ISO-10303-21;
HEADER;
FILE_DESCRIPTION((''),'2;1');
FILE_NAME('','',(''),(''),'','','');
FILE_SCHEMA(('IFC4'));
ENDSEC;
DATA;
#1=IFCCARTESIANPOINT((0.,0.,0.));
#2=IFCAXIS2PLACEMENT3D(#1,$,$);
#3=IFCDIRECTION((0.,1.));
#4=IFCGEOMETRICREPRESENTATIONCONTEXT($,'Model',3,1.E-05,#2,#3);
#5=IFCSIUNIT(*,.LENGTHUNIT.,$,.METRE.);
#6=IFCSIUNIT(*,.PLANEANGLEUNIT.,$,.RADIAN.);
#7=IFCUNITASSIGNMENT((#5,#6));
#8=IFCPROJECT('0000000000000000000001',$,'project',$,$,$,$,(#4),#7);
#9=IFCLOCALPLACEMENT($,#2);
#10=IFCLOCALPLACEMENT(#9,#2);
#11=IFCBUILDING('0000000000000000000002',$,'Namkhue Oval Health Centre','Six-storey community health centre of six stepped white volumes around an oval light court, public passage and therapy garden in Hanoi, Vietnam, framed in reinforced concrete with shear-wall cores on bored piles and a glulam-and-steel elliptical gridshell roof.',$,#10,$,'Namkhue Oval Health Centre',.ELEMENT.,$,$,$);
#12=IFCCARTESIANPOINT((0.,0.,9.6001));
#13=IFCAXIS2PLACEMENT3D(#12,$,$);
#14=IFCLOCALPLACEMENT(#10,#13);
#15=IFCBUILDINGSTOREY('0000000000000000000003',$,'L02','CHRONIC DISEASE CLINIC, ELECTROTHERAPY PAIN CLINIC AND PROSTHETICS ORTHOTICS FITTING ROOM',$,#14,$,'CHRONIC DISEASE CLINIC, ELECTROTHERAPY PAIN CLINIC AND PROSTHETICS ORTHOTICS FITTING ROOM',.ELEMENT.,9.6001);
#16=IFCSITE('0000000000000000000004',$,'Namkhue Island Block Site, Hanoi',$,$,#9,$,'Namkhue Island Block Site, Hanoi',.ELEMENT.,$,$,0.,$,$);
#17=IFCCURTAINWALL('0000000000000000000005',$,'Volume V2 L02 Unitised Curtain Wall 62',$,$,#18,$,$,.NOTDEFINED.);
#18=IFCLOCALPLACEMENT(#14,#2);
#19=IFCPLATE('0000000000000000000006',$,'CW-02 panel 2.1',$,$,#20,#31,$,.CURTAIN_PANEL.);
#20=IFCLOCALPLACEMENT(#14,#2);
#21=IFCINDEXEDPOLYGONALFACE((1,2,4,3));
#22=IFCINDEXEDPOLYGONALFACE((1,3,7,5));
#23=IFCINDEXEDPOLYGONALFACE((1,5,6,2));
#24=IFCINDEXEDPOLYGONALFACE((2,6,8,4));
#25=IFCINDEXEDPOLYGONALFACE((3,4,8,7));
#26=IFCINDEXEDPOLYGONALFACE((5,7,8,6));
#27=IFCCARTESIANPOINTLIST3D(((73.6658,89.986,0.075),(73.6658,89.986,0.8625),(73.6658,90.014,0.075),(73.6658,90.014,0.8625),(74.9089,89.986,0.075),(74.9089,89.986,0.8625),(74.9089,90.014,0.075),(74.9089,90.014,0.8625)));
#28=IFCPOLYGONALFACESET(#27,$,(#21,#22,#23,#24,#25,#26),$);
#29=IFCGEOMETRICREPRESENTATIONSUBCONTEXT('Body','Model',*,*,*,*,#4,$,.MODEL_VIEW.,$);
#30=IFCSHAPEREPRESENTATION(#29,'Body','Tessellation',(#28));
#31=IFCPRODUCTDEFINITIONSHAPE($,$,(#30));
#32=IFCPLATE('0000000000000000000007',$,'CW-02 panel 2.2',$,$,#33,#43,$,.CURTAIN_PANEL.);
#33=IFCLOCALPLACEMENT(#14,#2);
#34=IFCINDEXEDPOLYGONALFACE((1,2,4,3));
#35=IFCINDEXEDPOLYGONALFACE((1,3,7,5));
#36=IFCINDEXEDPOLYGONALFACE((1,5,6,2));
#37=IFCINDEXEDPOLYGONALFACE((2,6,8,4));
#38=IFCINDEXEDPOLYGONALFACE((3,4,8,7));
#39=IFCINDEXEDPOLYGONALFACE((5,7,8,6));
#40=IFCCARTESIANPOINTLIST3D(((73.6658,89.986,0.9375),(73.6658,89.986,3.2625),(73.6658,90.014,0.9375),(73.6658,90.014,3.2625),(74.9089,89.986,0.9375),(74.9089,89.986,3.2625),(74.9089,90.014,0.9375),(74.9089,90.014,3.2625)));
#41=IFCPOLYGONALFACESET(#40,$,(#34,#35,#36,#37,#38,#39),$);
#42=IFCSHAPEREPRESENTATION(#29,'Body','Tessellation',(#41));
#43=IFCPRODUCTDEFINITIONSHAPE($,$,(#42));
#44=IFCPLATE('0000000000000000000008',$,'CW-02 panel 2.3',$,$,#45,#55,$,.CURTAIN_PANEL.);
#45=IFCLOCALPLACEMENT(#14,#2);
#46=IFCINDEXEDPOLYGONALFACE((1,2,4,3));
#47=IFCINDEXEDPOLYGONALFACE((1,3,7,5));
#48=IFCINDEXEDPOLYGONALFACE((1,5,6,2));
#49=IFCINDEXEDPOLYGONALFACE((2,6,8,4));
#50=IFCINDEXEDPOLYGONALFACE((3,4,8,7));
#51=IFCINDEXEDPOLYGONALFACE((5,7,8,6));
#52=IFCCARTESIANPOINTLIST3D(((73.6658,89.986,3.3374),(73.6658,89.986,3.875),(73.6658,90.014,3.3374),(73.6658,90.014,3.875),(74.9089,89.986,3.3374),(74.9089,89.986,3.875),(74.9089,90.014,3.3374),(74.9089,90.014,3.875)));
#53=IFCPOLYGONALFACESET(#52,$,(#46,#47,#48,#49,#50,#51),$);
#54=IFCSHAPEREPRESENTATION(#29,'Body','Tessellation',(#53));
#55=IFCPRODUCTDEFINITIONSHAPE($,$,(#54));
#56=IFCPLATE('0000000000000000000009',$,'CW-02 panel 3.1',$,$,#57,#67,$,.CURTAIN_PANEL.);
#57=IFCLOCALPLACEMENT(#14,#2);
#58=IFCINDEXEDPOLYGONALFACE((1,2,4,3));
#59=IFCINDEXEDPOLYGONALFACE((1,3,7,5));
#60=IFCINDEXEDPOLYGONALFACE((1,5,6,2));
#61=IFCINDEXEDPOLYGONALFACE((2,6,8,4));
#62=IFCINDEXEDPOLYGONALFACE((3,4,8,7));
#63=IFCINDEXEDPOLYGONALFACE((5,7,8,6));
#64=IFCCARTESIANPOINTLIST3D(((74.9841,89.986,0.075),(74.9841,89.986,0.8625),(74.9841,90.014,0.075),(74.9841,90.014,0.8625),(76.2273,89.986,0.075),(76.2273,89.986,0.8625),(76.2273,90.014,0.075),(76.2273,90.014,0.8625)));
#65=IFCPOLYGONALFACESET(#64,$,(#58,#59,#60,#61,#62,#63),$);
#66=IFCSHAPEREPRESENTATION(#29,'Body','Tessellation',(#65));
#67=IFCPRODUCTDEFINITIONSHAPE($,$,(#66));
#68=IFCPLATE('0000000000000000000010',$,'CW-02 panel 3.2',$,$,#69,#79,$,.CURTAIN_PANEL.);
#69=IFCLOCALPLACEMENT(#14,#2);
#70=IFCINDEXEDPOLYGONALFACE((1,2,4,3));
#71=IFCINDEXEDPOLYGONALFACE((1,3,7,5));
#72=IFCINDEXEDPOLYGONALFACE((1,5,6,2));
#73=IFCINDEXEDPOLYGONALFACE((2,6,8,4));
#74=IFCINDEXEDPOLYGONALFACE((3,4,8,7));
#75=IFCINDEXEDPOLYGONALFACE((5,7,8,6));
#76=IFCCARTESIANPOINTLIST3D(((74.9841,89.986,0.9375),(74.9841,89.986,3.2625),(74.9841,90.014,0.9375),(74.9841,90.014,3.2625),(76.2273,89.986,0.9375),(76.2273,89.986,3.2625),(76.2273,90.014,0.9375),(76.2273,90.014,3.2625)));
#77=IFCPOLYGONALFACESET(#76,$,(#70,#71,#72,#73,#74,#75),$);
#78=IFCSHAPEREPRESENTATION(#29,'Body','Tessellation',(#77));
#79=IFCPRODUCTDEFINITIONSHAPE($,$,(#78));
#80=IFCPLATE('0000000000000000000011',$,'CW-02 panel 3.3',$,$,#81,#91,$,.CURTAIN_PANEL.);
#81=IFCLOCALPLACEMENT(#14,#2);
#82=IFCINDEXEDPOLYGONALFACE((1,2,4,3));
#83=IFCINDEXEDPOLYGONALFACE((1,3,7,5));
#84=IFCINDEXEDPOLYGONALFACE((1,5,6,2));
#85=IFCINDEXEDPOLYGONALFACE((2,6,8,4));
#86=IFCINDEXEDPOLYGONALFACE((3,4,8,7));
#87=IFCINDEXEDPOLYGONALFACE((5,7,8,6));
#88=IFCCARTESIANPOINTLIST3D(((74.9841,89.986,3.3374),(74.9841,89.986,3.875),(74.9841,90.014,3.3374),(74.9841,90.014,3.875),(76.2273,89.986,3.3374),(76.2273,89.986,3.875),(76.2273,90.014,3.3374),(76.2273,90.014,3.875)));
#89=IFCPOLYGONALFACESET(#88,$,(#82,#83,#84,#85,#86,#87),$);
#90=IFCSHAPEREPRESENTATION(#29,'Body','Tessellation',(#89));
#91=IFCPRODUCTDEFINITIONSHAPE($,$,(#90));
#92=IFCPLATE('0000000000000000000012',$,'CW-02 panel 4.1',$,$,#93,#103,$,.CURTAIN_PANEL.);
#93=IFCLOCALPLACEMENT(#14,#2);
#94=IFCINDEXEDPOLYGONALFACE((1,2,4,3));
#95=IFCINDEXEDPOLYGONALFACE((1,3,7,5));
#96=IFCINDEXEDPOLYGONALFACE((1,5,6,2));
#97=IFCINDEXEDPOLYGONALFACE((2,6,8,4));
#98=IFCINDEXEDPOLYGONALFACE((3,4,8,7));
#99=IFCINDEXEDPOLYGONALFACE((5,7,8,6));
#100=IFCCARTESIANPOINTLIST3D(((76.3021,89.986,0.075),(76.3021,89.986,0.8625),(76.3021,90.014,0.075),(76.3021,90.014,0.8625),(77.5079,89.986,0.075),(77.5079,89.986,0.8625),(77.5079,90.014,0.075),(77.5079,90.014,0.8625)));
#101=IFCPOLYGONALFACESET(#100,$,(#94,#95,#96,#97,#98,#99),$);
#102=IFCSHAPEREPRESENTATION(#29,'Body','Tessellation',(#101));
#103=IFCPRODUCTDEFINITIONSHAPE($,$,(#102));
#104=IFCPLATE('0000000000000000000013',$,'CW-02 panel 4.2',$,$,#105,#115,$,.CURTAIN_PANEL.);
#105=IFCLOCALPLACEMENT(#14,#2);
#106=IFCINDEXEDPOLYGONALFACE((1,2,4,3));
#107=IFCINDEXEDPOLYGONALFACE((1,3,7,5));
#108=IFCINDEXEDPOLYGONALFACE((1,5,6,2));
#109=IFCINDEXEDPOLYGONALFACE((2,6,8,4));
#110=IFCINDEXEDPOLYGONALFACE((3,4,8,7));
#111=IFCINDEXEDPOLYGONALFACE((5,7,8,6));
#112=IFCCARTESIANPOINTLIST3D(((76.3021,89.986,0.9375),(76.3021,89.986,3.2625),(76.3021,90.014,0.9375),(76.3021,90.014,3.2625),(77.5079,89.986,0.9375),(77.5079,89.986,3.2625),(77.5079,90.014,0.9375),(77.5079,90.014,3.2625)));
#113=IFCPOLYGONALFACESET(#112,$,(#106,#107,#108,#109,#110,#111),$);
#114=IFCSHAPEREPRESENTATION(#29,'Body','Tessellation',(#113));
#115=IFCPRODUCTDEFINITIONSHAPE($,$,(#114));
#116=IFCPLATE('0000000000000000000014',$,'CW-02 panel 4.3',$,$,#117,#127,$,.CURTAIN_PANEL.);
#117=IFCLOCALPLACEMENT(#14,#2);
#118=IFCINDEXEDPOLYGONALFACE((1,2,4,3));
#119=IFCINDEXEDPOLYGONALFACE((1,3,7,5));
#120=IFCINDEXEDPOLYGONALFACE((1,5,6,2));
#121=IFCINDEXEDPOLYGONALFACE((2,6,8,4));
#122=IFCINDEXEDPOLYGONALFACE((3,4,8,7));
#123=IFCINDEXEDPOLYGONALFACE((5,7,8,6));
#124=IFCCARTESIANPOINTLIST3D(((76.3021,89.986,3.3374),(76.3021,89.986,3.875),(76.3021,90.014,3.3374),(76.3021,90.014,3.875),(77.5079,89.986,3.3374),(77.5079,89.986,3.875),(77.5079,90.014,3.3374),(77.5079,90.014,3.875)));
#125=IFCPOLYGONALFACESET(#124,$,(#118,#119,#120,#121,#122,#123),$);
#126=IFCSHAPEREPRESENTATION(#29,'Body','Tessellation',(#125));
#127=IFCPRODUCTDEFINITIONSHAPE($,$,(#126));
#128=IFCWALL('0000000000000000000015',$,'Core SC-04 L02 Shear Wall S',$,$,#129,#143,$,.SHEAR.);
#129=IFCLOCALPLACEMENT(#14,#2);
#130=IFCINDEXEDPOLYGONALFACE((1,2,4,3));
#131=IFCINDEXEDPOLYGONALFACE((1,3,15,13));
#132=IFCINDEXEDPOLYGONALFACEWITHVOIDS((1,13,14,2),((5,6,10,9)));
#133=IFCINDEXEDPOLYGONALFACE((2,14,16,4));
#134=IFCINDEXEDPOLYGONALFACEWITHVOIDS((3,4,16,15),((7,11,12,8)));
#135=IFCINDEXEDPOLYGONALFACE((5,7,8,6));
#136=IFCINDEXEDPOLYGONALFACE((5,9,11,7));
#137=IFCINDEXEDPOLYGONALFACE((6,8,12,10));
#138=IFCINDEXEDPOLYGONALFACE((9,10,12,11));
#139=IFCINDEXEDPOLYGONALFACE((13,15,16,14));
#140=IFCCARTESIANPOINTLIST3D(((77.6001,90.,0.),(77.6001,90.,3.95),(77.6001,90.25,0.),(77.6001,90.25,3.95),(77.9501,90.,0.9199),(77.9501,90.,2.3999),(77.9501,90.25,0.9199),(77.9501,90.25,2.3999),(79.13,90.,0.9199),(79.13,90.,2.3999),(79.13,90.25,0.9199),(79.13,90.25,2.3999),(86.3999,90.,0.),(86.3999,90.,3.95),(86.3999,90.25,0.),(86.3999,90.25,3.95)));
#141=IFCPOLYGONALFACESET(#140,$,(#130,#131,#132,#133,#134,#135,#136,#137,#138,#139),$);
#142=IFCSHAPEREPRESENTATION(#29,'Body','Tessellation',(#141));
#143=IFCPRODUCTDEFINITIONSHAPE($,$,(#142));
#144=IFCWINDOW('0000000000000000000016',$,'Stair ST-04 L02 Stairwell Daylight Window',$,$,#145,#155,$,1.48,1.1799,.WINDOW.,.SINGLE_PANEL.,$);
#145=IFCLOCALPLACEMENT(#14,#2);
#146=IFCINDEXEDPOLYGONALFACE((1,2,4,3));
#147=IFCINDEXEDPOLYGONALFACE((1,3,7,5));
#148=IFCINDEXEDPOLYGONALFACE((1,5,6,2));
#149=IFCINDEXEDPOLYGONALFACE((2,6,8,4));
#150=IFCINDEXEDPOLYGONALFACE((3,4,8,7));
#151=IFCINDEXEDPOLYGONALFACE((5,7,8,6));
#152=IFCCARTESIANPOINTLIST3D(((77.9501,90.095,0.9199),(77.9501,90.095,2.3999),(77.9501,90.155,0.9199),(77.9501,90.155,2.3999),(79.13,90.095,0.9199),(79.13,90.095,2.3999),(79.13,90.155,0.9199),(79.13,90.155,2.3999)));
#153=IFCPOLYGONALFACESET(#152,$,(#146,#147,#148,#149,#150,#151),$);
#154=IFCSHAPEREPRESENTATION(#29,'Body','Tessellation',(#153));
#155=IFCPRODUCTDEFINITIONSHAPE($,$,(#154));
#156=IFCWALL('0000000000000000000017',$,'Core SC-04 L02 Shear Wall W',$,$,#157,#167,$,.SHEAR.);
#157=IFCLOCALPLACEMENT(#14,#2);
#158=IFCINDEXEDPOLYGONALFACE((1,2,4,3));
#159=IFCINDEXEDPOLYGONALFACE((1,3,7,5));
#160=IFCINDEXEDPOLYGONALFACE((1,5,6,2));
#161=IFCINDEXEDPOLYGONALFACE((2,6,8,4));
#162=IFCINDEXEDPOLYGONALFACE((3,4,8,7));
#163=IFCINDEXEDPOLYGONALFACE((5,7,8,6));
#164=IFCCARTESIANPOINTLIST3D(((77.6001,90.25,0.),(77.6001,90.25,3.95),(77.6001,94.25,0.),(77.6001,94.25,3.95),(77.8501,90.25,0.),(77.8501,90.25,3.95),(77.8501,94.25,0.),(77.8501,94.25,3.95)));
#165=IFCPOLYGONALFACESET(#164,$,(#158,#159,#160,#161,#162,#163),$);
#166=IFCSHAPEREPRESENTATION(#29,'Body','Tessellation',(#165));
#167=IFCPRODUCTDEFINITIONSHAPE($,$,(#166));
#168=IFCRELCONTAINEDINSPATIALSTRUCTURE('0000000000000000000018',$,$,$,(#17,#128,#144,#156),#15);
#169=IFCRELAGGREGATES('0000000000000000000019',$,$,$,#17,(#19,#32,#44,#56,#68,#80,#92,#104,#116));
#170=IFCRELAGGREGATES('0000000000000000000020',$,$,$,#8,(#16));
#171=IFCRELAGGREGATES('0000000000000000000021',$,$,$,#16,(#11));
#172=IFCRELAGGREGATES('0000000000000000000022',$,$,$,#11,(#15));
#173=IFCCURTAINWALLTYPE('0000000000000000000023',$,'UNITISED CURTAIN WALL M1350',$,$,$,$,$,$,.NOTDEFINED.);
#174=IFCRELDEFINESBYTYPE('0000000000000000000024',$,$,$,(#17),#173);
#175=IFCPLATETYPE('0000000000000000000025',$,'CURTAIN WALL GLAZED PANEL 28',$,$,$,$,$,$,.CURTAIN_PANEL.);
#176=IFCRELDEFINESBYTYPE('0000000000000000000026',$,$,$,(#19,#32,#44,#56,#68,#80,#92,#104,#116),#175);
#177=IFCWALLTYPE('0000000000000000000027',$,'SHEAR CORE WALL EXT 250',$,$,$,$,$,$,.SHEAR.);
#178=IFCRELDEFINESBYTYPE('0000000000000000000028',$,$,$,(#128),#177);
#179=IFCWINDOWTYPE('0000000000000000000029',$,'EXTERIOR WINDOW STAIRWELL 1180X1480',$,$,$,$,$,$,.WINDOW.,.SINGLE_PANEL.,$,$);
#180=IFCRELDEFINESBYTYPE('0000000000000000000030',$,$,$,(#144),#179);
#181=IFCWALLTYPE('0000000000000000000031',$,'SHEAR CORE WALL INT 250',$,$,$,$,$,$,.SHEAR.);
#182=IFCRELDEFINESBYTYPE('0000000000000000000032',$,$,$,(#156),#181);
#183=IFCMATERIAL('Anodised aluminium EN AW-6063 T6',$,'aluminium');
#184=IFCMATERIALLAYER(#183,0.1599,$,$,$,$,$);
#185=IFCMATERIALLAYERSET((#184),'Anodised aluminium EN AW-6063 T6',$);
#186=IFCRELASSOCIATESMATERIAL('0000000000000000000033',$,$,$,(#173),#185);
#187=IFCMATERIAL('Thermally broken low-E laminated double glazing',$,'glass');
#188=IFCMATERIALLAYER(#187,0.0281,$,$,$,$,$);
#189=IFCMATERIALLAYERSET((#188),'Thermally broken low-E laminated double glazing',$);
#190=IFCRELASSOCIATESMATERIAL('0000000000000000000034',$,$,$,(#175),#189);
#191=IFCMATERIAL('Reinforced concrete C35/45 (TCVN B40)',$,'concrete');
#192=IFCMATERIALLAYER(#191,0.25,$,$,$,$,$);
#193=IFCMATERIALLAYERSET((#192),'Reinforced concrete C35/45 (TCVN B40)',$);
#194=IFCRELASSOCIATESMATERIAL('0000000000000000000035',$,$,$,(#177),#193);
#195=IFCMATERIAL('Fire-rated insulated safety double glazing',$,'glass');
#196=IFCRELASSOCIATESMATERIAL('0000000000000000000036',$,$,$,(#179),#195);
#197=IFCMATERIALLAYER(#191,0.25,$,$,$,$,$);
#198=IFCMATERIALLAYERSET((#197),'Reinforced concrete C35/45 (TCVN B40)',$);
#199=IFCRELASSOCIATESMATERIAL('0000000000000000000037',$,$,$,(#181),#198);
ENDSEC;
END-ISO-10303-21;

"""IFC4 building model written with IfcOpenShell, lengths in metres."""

from ifc_helpers import new_model, si_unit, direction, frame, frame_2d, origin, origin_2d, place, context, subcontext, project, spatial, rectangle, extrude, material, layer, layer_set, type_object, element, fill, aggregate, save


model = new_model("IFC4")

# Units and contexts
model_context = context("Model", 3, precision=1e-05, world=origin(), true_north=direction((0.0, 1.0)))
body_context = subcontext(model_context, "Body", "Model", "MODEL_VIEW")
ifc_project = project(units=[si_unit("LENGTHUNIT", "METRE"), si_unit("PLANEANGLEUNIT", "RADIAN")], contexts=[model_context])

# Site, building, storey
site_placement = place(None, origin())
site = spatial("IfcSite", under=ifc_project, at=site_placement, Name="Namkhue Island Block Site, Hanoi", LongName="Namkhue Island Block Site, Hanoi", CompositionType="ELEMENT", RefElevation=0.0)
building_placement = place(site_placement, origin())
building = spatial("IfcBuilding", under=site, at=building_placement, Name="Namkhue Oval Health Centre", Description="Six-storey community health centre of six stepped white volumes around an oval light court, public passage and therapy garden in Hanoi, Vietnam, framed in reinforced concrete with shear-wall cores on bored piles and a glulam-and-steel elliptical gridshell roof.", LongName="Namkhue Oval Health Centre", CompositionType="ELEMENT")
storey_placement = place(building_placement, frame((0.0, 0.0, 9.6001)))
storey = spatial("IfcBuildingStorey", under=building, at=storey_placement, Name="L02", Description="CHRONIC DISEASE CLINIC, ELECTROTHERAPY PAIN CLINIC AND PROSTHETICS ORTHOTICS FITTING ROOM", LongName="CHRONIC DISEASE CLINIC, ELECTROTHERAPY PAIN CLINIC AND PROSTHETICS ORTHOTICS FITTING ROOM", CompositionType="ELEMENT", Elevation=9.6001)

# Curtain wall, plates
ifc_material_1 = material(Name="Anodised aluminium EN AW-6063 T6", Category="aluminium")
ifc_layer_1 = layer(ifc_material_1, 0.1599)
ifc_layer_set_1 = layer_set([ifc_layer_1], Name="Anodised aluminium EN AW-6063 T6")
curtain_wall_type = type_object("IfcCurtainWallType", Name="UNITISED CURTAIN WALL M1350", PredefinedType="NOTDEFINED", material=ifc_layer_set_1)
curtain_wall_placement = place(storey_placement, origin())
curtain_wall = element("IfcCurtainWall", 1, at=curtain_wall_placement, inside=storey, type_object=curtain_wall_type, Name="Volume V2 L02 Unitised Curtain Wall 62", PredefinedType="NOTDEFINED")
ifc_material_2 = material(Name="Thermally broken low-E laminated double glazing", Category="glass")
ifc_layer_2 = layer(ifc_material_2, 0.0281)
ifc_layer_set_2 = layer_set([ifc_layer_2], Name="Thermally broken low-E laminated double glazing")
plate_type = type_object("IfcPlateType", Name="CURTAIN WALL GLAZED PANEL 28", PredefinedType="CURTAIN_PANEL", material=ifc_layer_set_2)
plate_1_placement = place(storey_placement, frame((74.2874, 90.0, 0.075), z_axis=(0.0, 0.0, 1.0), x_axis=(1.0, 0.0, 0.0)))
plate_1 = element("IfcPlate", 2, at=plate_1_placement, type_object=plate_type, Name="CW-02 panel 2.1", PredefinedType="CURTAIN_PANEL", context=body_context, shape_type="SweptSolid", body=[
    extrude(rectangle(XDim=1.2432, YDim=0.0281, at=origin_2d()), origin(), (0.0, 0.0, 1.0), 0.7876),
])
plate_2_placement = place(storey_placement, frame((74.2874, 90.0, 0.9375), z_axis=(0.0, 0.0, 1.0), x_axis=(1.0, 0.0, 0.0)))
plate_2 = element("IfcPlate", 3, at=plate_2_placement, type_object=plate_type, Name="CW-02 panel 2.2", PredefinedType="CURTAIN_PANEL", context=body_context, shape_type="SweptSolid", body=[
    extrude(rectangle(XDim=1.2432, YDim=0.0281, at=origin_2d()), origin(), (0.0, 0.0, 1.0), 2.325),
])
plate_3_placement = place(storey_placement, frame((74.2874, 90.0, 3.3374), z_axis=(0.0, 0.0, 1.0), x_axis=(1.0, 0.0, 0.0)))
plate_3 = element("IfcPlate", 4, at=plate_3_placement, type_object=plate_type, Name="CW-02 panel 2.3", PredefinedType="CURTAIN_PANEL", context=body_context, shape_type="SweptSolid", body=[
    extrude(rectangle(XDim=1.2432, YDim=0.0281, at=origin_2d()), origin(), (0.0, 0.0, 1.0), 0.5376),
])
plate_4_placement = place(storey_placement, frame((75.6057, 90.0, 0.075), z_axis=(0.0, 0.0, 1.0), x_axis=(1.0, 0.0, 0.0)))
plate_4 = element("IfcPlate", 5, at=plate_4_placement, type_object=plate_type, Name="CW-02 panel 3.1", PredefinedType="CURTAIN_PANEL", context=body_context, shape_type="SweptSolid", body=[
    extrude(rectangle(XDim=1.2432, YDim=0.0281, at=origin_2d()), origin(), (0.0, 0.0, 1.0), 0.7876),
])
plate_5_placement = place(storey_placement, frame((75.6057, 90.0, 0.9375), z_axis=(0.0, 0.0, 1.0), x_axis=(1.0, 0.0, 0.0)))
plate_5 = element("IfcPlate", 6, at=plate_5_placement, type_object=plate_type, Name="CW-02 panel 3.2", PredefinedType="CURTAIN_PANEL", context=body_context, shape_type="SweptSolid", body=[
    extrude(rectangle(XDim=1.2432, YDim=0.0281, at=origin_2d()), origin(), (0.0, 0.0, 1.0), 2.325),
])
plate_6_placement = place(storey_placement, frame((75.6057, 90.0, 3.3374), z_axis=(0.0, 0.0, 1.0), x_axis=(1.0, 0.0, 0.0)))
plate_6 = element("IfcPlate", 7, at=plate_6_placement, type_object=plate_type, Name="CW-02 panel 3.3", PredefinedType="CURTAIN_PANEL", context=body_context, shape_type="SweptSolid", body=[
    extrude(rectangle(XDim=1.2432, YDim=0.0281, at=origin_2d()), origin(), (0.0, 0.0, 1.0), 0.5376),
])
plate_7_placement = place(storey_placement, frame((76.905, 90.0, 0.075), z_axis=(0.0, 0.0, 1.0), x_axis=(1.0, 0.0, 0.0)))
plate_7 = element("IfcPlate", 8, at=plate_7_placement, type_object=plate_type, Name="CW-02 panel 4.1", PredefinedType="CURTAIN_PANEL", context=body_context, shape_type="SweptSolid", body=[
    extrude(rectangle(XDim=1.2058, YDim=0.0281, at=origin_2d()), origin(), (0.0, 0.0, 1.0), 0.7876),
])
plate_8_placement = place(storey_placement, frame((76.905, 90.0, 0.9375), z_axis=(0.0, 0.0, 1.0), x_axis=(1.0, 0.0, 0.0)))
plate_8 = element("IfcPlate", 9, at=plate_8_placement, type_object=plate_type, Name="CW-02 panel 4.2", PredefinedType="CURTAIN_PANEL", context=body_context, shape_type="SweptSolid", body=[
    extrude(rectangle(XDim=1.2058, YDim=0.0281, at=origin_2d()), origin(), (0.0, 0.0, 1.0), 2.325),
])
plate_9_placement = place(storey_placement, frame((76.905, 90.0, 3.3374), z_axis=(0.0, 0.0, 1.0), x_axis=(1.0, 0.0, 0.0)))
plate_9 = element("IfcPlate", 10, at=plate_9_placement, type_object=plate_type, Name="CW-02 panel 4.3", PredefinedType="CURTAIN_PANEL", context=body_context, shape_type="SweptSolid", body=[
    extrude(rectangle(XDim=1.2058, YDim=0.0281, at=origin_2d()), origin(), (0.0, 0.0, 1.0), 0.5376),
])
aggregate(curtain_wall, [plate_1, plate_2, plate_3, plate_4, plate_5, plate_6, plate_7, plate_8, plate_9])

# Wall, opening, window
ifc_material_3 = material(Name="Reinforced concrete C35/45 (TCVN B40)", Category="concrete")
ifc_layer_3 = layer(ifc_material_3, 0.25)
ifc_layer_set_3 = layer_set([ifc_layer_3], Name="Reinforced concrete C35/45 (TCVN B40)")
wall_type_1 = type_object("IfcWallType", Name="SHEAR CORE WALL EXT 250", PredefinedType="SHEAR", material=ifc_layer_set_3)
wall_1_placement = place(storey_placement, frame((77.6001, 90.125, 0.0), z_axis=(0.0, 0.0, 1.0), x_axis=(1.0, 0.0, 0.0)))
wall_1 = element("IfcWall", 11, at=wall_1_placement, inside=storey, type_object=wall_type_1, Name="Core SC-04 L02 Shear Wall S", PredefinedType="SHEAR", context=body_context, shape_type="SweptSolid", body=[
    extrude(rectangle(XDim=8.7998, YDim=0.25, at=frame_2d((4.3999, 0.0))), origin(), (0.0, 0.0, 1.0), 3.95),
])
opening_placement = place(wall_1_placement, frame((0.3501, 0.0, 0.9199)))
opening = element("IfcOpeningElement", 12, at=opening_placement, cuts=wall_1, PredefinedType="OPENING", context=body_context, shape_type="SweptSolid", body=[
    extrude(rectangle(XDim=1.1799, YDim=1.48, at=frame_2d((0.5898, 0.74))), frame((0.0, 0.135, 0.0), z_axis=(0.0, -1.0, 0.0), x_axis=(1.0, 0.0, 0.0)), (0.0, 0.0, 1.0), 0.27),
])
ifc_material_4 = material(Name="Fire-rated insulated safety double glazing", Category="glass")
window_type = type_object("IfcWindowType", Name="EXTERIOR WINDOW STAIRWELL 1180X1480", PartitioningType="SINGLE_PANEL", PredefinedType="WINDOW", material=ifc_material_4)
window_placement = place(opening_placement, origin())
window = element("IfcWindow", 13, at=window_placement, inside=storey, type_object=window_type, Name="Stair ST-04 L02 Stairwell Daylight Window", OverallHeight=1.48, OverallWidth=1.1799, PartitioningType="SINGLE_PANEL", PredefinedType="WINDOW", context=body_context, shape_type="SweptSolid", body=[
    extrude(rectangle(XDim=1.1799, YDim=1.48, at=frame_2d((0.5898, 0.74))), frame((0.0, 0.03, 0.0), z_axis=(0.0, -1.0, 0.0), x_axis=(1.0, 0.0, 0.0)), (0.0, 0.0, 1.0), 0.0601),
])
fill(opening, window)

# Wall
ifc_layer_4 = layer(ifc_material_3, 0.25)
ifc_layer_set_4 = layer_set([ifc_layer_4], Name="Reinforced concrete C35/45 (TCVN B40)")
wall_type_2 = type_object("IfcWallType", Name="SHEAR CORE WALL INT 250", PredefinedType="SHEAR", material=ifc_layer_set_4)
wall_2_placement = place(storey_placement, frame((77.7251, 94.25, 0.0), z_axis=(0.0, 0.0, 1.0), x_axis=(0.0, -1.0, 0.0)))
element("IfcWall", 14, at=wall_2_placement, inside=storey, type_object=wall_type_2, Name="Core SC-04 L02 Shear Wall W", PredefinedType="SHEAR", context=body_context, shape_type="SweptSolid", body=[
    extrude(rectangle(XDim=4.0, YDim=0.25, at=frame_2d((2.0, 0.0))), origin(), (0.0, 0.0, 1.0), 3.95),
])

save(model, "model.ifc")
